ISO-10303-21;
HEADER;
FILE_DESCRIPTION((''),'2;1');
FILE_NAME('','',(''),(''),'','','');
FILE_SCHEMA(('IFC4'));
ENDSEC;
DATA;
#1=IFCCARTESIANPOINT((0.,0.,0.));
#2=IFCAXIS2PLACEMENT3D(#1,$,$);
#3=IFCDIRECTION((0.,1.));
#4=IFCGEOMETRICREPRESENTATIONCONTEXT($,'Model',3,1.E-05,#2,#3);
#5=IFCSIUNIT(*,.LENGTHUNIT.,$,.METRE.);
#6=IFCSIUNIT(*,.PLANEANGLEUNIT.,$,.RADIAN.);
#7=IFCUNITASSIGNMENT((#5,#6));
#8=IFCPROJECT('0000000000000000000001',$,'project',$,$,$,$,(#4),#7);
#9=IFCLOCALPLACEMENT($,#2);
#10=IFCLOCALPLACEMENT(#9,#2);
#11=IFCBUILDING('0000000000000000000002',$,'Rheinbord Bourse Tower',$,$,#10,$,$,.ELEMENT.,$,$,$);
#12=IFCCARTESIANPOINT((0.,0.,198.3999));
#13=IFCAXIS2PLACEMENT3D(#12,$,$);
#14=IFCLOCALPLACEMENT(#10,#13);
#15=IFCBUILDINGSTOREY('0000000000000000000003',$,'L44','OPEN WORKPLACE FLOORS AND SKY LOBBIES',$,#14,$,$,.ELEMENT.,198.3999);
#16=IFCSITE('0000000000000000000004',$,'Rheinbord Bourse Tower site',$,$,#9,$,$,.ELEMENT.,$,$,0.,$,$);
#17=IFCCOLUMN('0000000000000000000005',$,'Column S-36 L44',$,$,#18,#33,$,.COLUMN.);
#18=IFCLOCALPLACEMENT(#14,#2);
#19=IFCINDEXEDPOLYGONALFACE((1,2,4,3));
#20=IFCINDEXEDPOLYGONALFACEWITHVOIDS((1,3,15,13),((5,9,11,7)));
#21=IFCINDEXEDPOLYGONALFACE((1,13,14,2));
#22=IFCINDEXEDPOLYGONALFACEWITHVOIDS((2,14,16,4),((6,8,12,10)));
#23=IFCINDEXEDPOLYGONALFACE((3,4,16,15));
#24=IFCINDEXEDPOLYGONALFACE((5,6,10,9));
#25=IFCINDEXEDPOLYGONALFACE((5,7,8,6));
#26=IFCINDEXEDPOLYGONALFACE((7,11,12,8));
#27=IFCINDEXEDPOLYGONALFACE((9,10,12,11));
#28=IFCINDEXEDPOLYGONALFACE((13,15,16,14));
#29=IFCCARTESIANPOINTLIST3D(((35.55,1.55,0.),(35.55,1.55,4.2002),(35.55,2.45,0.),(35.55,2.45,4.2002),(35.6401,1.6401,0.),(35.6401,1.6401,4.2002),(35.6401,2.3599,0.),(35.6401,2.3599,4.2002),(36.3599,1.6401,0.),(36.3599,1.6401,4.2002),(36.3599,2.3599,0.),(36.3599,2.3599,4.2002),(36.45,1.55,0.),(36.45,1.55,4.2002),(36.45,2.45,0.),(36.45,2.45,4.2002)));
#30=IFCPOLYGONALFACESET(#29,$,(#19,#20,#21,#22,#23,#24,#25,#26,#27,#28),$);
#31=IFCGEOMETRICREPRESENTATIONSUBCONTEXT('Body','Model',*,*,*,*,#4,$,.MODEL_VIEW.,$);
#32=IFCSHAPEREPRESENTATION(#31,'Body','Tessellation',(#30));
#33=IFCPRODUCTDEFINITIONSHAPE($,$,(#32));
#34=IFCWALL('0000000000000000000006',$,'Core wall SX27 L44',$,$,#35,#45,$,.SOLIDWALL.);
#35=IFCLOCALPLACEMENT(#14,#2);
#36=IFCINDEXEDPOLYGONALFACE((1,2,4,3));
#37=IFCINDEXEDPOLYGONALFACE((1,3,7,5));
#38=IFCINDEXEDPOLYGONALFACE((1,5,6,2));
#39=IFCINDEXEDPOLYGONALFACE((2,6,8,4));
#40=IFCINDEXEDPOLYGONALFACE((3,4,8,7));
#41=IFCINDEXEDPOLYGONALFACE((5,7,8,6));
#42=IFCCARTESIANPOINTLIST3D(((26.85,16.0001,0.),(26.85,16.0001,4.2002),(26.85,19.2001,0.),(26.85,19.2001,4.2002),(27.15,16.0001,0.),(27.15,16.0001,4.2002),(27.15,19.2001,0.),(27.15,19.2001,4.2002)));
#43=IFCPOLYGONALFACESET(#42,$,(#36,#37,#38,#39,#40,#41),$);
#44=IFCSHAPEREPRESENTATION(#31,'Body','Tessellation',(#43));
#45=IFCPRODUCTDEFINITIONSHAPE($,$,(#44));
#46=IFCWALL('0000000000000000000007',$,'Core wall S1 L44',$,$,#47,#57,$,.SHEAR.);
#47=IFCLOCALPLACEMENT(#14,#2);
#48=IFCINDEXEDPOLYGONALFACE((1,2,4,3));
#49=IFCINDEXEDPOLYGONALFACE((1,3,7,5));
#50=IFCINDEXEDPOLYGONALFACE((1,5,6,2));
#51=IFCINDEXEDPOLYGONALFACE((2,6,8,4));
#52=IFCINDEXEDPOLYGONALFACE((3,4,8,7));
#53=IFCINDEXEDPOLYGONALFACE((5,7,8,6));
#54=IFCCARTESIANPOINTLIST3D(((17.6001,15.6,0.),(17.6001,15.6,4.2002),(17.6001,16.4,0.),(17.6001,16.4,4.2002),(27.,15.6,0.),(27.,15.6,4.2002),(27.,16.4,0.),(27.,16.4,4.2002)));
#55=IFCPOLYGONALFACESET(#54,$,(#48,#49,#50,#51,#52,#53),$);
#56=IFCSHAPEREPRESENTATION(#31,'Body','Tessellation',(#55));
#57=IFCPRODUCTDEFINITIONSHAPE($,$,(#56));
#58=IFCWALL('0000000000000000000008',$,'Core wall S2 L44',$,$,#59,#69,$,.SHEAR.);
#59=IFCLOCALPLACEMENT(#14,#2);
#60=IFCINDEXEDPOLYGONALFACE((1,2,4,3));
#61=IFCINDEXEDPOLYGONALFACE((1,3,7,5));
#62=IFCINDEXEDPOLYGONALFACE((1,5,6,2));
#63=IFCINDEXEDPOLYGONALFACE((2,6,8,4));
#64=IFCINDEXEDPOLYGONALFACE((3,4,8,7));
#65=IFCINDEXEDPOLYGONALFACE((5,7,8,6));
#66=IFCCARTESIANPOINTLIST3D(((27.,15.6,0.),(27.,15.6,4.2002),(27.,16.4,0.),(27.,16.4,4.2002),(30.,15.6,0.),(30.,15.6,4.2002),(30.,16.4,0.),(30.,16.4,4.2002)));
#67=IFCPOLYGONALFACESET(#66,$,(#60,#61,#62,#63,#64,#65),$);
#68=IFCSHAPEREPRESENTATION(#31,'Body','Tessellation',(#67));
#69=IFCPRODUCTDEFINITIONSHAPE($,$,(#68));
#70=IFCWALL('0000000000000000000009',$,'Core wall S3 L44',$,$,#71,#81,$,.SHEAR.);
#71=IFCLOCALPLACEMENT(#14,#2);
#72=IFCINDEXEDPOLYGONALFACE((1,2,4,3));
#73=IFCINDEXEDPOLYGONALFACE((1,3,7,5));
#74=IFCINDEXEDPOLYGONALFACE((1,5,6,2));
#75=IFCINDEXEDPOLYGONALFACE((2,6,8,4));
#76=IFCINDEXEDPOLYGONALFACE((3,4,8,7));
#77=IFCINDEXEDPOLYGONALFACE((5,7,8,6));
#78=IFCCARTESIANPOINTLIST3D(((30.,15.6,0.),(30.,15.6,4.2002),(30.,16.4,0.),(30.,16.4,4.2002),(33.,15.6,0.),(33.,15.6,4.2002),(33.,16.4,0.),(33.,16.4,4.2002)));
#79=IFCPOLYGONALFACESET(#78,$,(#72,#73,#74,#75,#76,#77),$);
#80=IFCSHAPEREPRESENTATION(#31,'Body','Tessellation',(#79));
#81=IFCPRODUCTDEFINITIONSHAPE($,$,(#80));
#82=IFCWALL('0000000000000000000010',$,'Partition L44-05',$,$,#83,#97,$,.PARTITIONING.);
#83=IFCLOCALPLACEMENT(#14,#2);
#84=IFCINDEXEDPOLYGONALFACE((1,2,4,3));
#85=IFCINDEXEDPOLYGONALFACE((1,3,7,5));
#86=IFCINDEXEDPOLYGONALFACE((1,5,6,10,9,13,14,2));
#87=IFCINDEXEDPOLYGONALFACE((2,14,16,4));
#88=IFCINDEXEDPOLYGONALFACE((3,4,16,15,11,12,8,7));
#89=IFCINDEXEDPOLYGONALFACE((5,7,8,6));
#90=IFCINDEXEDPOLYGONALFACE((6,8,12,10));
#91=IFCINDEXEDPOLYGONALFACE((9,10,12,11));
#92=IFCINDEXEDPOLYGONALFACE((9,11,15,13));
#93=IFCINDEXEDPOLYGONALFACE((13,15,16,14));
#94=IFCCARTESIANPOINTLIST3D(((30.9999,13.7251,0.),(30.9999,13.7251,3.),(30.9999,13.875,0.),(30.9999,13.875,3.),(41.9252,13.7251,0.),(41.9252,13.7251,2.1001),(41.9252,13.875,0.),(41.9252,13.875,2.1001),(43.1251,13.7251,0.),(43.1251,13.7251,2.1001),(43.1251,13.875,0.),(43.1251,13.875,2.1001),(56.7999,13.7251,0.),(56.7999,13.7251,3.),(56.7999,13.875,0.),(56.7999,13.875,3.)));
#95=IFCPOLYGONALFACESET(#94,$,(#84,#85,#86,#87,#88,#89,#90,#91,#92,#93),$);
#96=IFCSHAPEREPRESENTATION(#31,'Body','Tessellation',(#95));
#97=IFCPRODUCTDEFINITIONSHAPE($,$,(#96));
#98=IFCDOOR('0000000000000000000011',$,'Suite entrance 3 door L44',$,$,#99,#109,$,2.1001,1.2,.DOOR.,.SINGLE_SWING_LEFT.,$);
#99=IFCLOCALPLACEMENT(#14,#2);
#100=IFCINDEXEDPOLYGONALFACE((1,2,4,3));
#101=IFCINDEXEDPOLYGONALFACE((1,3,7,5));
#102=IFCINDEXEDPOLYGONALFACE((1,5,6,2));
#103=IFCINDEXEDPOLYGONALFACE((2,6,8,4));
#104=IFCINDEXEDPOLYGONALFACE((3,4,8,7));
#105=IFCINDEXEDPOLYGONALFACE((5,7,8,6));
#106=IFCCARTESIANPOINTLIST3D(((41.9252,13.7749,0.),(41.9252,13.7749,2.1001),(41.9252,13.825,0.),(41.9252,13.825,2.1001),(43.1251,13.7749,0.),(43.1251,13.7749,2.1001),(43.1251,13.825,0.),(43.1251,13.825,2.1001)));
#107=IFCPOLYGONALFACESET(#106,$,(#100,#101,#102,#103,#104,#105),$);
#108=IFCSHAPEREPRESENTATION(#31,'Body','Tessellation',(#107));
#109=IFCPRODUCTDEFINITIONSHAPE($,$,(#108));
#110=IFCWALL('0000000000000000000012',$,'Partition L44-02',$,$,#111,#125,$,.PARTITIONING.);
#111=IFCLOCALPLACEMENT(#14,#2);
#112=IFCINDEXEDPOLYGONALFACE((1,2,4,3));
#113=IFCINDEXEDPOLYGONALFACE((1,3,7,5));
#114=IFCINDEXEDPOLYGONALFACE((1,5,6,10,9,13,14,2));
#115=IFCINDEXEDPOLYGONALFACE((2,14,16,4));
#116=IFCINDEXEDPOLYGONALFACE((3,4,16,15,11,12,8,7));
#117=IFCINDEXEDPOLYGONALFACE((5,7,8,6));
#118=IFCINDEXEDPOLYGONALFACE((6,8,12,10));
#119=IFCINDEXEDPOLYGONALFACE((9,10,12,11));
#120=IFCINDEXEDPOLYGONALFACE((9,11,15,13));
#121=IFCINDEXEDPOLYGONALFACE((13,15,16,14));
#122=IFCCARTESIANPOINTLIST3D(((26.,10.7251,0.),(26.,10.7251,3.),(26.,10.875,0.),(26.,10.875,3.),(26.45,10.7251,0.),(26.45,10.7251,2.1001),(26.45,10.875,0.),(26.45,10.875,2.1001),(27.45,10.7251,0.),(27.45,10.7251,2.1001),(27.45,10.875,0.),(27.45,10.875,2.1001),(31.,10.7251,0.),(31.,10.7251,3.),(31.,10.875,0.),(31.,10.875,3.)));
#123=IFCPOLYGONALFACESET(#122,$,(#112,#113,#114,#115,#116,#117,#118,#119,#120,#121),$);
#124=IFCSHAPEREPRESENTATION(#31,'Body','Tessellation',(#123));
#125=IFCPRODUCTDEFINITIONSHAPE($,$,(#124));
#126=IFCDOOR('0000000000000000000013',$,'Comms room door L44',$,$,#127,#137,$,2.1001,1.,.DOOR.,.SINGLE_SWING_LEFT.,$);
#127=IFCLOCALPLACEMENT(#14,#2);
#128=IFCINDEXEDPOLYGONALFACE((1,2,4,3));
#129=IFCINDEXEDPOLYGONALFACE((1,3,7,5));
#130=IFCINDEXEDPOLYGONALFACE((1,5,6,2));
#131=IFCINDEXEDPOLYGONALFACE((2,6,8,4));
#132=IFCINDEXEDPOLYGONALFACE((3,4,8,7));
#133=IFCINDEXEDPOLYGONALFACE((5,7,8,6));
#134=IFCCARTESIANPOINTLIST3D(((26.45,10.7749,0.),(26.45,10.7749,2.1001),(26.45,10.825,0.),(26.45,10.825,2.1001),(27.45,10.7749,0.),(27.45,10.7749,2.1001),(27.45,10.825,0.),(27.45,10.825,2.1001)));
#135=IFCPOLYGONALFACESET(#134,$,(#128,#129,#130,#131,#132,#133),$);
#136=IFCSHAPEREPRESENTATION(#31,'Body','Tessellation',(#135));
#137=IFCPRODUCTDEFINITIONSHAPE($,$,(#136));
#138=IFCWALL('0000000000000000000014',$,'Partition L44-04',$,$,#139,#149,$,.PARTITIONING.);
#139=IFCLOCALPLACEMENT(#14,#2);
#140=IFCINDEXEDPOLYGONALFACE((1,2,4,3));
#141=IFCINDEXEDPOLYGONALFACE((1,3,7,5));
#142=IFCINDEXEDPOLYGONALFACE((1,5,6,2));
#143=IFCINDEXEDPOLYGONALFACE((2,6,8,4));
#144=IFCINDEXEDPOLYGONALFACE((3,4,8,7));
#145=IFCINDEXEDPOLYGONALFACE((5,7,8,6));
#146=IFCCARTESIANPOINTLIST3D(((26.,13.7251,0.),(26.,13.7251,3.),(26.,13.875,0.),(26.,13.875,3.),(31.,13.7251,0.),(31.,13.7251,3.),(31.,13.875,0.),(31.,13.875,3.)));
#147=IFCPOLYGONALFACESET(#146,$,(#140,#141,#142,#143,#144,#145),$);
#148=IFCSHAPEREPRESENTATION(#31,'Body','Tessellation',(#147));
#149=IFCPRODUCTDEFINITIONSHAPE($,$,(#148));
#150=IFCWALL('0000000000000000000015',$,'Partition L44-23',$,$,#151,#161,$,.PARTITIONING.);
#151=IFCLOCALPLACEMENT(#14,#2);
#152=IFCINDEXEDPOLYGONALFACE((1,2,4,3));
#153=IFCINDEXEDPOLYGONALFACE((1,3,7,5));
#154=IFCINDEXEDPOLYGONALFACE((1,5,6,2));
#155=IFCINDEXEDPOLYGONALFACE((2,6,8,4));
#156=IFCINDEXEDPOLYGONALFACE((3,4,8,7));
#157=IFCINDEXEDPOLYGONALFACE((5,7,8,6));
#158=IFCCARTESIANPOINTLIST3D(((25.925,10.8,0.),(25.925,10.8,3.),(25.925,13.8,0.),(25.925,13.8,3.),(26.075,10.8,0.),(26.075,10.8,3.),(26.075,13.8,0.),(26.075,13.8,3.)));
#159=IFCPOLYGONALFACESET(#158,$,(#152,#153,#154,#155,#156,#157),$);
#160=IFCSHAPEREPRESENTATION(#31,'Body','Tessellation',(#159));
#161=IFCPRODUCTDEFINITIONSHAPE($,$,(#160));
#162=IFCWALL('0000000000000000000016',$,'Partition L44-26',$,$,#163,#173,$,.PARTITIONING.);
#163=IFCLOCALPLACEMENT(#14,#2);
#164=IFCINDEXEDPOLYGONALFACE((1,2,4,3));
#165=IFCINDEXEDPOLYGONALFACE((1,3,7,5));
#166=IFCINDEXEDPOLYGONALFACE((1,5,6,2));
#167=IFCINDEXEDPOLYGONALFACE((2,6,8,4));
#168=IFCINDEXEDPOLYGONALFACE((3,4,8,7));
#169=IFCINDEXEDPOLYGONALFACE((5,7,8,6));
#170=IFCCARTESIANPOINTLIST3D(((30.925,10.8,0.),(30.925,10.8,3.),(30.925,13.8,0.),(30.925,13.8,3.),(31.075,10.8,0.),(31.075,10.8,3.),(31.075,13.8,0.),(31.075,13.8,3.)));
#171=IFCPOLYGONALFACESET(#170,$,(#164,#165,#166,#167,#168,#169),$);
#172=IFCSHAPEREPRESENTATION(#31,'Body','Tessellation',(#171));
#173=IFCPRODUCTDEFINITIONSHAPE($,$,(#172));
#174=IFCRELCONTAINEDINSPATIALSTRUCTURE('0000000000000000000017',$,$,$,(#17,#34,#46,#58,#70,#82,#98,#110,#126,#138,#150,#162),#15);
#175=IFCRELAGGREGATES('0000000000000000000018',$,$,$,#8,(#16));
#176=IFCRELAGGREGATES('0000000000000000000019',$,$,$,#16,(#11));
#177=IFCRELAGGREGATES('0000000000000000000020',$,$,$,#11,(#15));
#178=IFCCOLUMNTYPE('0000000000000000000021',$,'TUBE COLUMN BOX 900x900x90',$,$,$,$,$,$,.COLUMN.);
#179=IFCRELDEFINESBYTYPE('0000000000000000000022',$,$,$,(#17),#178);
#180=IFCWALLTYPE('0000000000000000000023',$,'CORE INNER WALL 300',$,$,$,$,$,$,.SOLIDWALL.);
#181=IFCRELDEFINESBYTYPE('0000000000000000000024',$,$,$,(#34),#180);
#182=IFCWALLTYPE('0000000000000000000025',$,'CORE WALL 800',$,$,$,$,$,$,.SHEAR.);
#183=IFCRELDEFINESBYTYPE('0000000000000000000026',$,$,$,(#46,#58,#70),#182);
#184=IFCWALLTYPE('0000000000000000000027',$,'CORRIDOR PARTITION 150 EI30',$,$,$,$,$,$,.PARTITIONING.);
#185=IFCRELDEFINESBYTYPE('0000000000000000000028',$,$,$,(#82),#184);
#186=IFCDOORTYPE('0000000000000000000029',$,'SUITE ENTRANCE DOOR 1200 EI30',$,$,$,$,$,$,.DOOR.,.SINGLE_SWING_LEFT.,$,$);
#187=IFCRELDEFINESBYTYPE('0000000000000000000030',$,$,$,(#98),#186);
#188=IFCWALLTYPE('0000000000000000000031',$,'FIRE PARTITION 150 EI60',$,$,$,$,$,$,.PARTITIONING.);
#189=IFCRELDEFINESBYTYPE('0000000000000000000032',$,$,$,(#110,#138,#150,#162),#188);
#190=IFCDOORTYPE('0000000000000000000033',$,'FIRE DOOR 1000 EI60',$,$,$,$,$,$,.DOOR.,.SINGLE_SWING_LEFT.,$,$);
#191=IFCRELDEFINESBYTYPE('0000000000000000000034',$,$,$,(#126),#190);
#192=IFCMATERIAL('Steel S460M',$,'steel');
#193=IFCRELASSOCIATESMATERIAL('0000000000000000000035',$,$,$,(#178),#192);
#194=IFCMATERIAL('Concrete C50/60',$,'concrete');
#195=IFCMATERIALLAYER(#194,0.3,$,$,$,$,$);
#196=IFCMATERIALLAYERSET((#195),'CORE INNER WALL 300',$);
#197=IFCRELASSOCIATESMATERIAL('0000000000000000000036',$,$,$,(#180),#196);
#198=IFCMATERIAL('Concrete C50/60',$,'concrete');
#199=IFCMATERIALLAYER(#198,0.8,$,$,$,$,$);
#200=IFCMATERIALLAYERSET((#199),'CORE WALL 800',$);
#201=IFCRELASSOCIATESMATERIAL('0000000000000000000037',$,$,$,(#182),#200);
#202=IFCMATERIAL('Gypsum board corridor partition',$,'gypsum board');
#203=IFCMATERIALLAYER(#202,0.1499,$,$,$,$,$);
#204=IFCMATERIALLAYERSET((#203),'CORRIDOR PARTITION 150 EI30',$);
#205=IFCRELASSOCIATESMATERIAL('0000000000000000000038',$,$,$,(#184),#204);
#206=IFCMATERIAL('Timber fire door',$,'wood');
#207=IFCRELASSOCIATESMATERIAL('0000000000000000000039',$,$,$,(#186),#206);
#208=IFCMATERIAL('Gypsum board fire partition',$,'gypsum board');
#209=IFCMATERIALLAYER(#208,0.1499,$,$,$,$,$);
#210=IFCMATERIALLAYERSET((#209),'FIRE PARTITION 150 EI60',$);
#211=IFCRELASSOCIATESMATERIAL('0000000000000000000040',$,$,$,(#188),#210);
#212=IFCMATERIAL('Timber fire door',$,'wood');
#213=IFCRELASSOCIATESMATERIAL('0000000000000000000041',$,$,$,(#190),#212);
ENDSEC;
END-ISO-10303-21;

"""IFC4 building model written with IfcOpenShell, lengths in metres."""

from ifc_helpers import new_model, si_unit, direction, frame, frame_2d, origin, origin_2d, place, context, subcontext, project, spatial, rectangle, hollow_rectangle, extrude, material, layer, layer_set, material_profile, profile_set, type_object, element, fill, save


model = new_model("IFC4")

# Units and contexts
model_context = context("Model", 3, precision=1e-05, world=origin(), true_north=direction((0.0, 1.0)))
body_context = subcontext(model_context, "Body", "Model", "MODEL_VIEW")
ifc_project = project(units=[si_unit("LENGTHUNIT", "METRE"), si_unit("PLANEANGLEUNIT", "RADIAN")], contexts=[model_context])

# Site, building, storey
site_placement = place(None, origin())
site = spatial("IfcSite", under=ifc_project, at=site_placement, Name="Rheinbord Bourse Tower site", CompositionType="ELEMENT", RefElevation=0.0)
building_placement = place(site_placement, origin())
building = spatial("IfcBuilding", under=site, at=building_placement, Name="Rheinbord Bourse Tower", CompositionType="ELEMENT")
storey_placement = place(building_placement, frame((0.0, 0.0, 198.3999)))
storey = spatial("IfcBuildingStorey", under=building, at=storey_placement, Name="L44", Description="OPEN WORKPLACE FLOORS AND SKY LOBBIES", CompositionType="ELEMENT", Elevation=198.3999)

# Column
ifc_material_1 = material(Name="Steel S460M", Category="steel")
ifc_material_profile = material_profile(ifc_material_1, hollow_rectangle(XDim=0.8999, YDim=0.8999, WallThickness=0.0901, at=origin_2d()), Name="BOX 900x900x90")
ifc_profile_set = profile_set([ifc_material_profile], Name="Steel S460M")
column_type = type_object("IfcColumnType", Name="TUBE COLUMN BOX 900x900x90", PredefinedType="COLUMN", material=ifc_profile_set)
column_placement = place(storey_placement, frame((36.0, 2.0, 0.0), z_axis=(0.0, 0.0, 1.0), x_axis=(0.0, 1.0, 0.0)))
element("IfcColumn", 1, at=column_placement, inside=storey, type_object=column_type, Name="Column S-36 L44", PredefinedType="COLUMN", context=body_context, shape_type="SweptSolid", body=[
    extrude(hollow_rectangle(XDim=0.8999, YDim=0.8999, WallThickness=0.0901, at=origin_2d()), origin(), (0.0, 0.0, 1.0), 4.2002),
])

# Walls
ifc_material_2 = material(Name="Concrete C50/60", Category="concrete")
ifc_layer_1 = layer(ifc_material_2, 0.3)
ifc_layer_set_1 = layer_set([ifc_layer_1], Name="CORE INNER WALL 300")
wall_type_1 = type_object("IfcWallType", Name="CORE INNER WALL 300", PredefinedType="SOLIDWALL", material=ifc_layer_set_1)
wall_1_placement = place(storey_placement, frame((27.0, 16.0, 0.0), z_axis=(0.0, 0.0, 1.0), x_axis=(0.0, 1.0, 0.0)))
element("IfcWall", 2, at=wall_1_placement, inside=storey, type_object=wall_type_1, Name="Core wall SX27 L44", PredefinedType="SOLIDWALL", context=body_context, shape_type="SweptSolid", body=[
    extrude(rectangle(XDim=3.2, YDim=0.3, at=frame_2d((1.6001, 0.0))), origin(), (0.0, 0.0, 1.0), 4.2002),
])
ifc_material_3 = material(Name="Concrete C50/60", Category="concrete")
ifc_layer_2 = layer(ifc_material_3, 0.8)
ifc_layer_set_2 = layer_set([ifc_layer_2], Name="CORE WALL 800")
wall_type_2 = type_object("IfcWallType", Name="CORE WALL 800", PredefinedType="SHEAR", material=ifc_layer_set_2)
wall_2_placement = place(storey_placement, frame((17.6001, 16.0, 0.0), z_axis=(0.0, 0.0, 1.0), x_axis=(1.0, 0.0, 0.0)))
element("IfcWall", 3, at=wall_2_placement, inside=storey, type_object=wall_type_2, Name="Core wall S1 L44", PredefinedType="SHEAR", context=body_context, shape_type="SweptSolid", body=[
    extrude(rectangle(XDim=9.3999, YDim=0.8, at=frame_2d((4.7, 0.0))), origin(), (0.0, 0.0, 1.0), 4.2002),
])
for number, where, z_axis, x_axis, name in (
    (4, (27.0, 16.0, 0.0), (0.0, 0.0, 1.0), (1.0, 0.0, 0.0), "Core wall S2 L44"),
    (5, (30.0, 16.0, 0.0), (0.0, 0.0, 1.0), (1.0, 0.0, 0.0), "Core wall S3 L44"),
):
    element("IfcWall", number, at=place(storey_placement, frame(where, z_axis=z_axis, x_axis=x_axis)), inside=storey, type_object=wall_type_2, Name=name, PredefinedType="SHEAR", context=body_context, shape_type="SweptSolid", body=[
        extrude(rectangle(XDim=3.0, YDim=0.8, at=frame_2d((1.5, 0.0))), origin(), (0.0, 0.0, 1.0), 4.2002),
    ])

# Walls, openings, doors
ifc_material_4 = material(Name="Gypsum board corridor partition", Category="gypsum board")
ifc_layer_3 = layer(ifc_material_4, 0.1499)
ifc_layer_set_3 = layer_set([ifc_layer_3], Name="CORRIDOR PARTITION 150 EI30")
wall_type_3 = type_object("IfcWallType", Name="CORRIDOR PARTITION 150 EI30", PredefinedType="PARTITIONING", material=ifc_layer_set_3)
wall_3_placement = place(storey_placement, frame((31.0, 13.8, 0.0), z_axis=(0.0, 0.0, 1.0), x_axis=(1.0, 0.0, 0.0)))
wall_3 = element("IfcWall", 6, at=wall_3_placement, inside=storey, type_object=wall_type_3, Name="Partition L44-05", PredefinedType="PARTITIONING", context=body_context, shape_type="SweptSolid", body=[
    extrude(rectangle(XDim=25.8, YDim=0.1499, at=frame_2d((12.8999, 0.0))), origin(), (0.0, 0.0, 1.0), 3.0),
])
opening_1_placement = place(wall_3_placement, frame((10.925, 0.0, 0.0)))
opening_1 = element("IfcOpeningElement", 7, at=opening_1_placement, cuts=wall_3, PredefinedType="OPENING", context=body_context, shape_type="SweptSolid", body=[
    extrude(rectangle(XDim=1.2, YDim=2.1001, at=frame_2d((0.6001, 1.05))), frame((0.0, 0.085, 0.0), z_axis=(0.0, -1.0, 0.0), x_axis=(1.0, 0.0, 0.0)), (0.0, 0.0, 1.0), 0.1699),
])
ifc_material_5 = material(Name="Timber fire door", Category="wood")
door_type_1 = type_object("IfcDoorType", Name="SUITE ENTRANCE DOOR 1200 EI30", OperationType="SINGLE_SWING_LEFT", PredefinedType="DOOR", material=ifc_material_5)
door_1_placement = place(opening_1_placement, origin())
door_1 = element("IfcDoor", 8, at=door_1_placement, inside=storey, type_object=door_type_1, Name="Suite entrance 3 door L44", OperationType="SINGLE_SWING_LEFT", OverallHeight=2.1001, OverallWidth=1.2, PredefinedType="DOOR", context=body_context, shape_type="SweptSolid", body=[
    extrude(rectangle(XDim=1.2, YDim=2.1001, at=frame_2d((0.6001, 1.05))), frame((0.0, 0.0249, 0.0), z_axis=(0.0, -1.0, 0.0), x_axis=(1.0, 0.0, 0.0)), (0.0, 0.0, 1.0), 0.05),
])
fill(opening_1, door_1)
ifc_material_6 = material(Name="Gypsum board fire partition", Category="gypsum board")
ifc_layer_4 = layer(ifc_material_6, 0.1499)
ifc_layer_set_4 = layer_set([ifc_layer_4], Name="FIRE PARTITION 150 EI60")
wall_type_4 = type_object("IfcWallType", Name="FIRE PARTITION 150 EI60", PredefinedType="PARTITIONING", material=ifc_layer_set_4)
wall_4_placement = place(storey_placement, frame((26.0, 10.8, 0.0), z_axis=(0.0, 0.0, 1.0), x_axis=(1.0, 0.0, 0.0)))
wall_4 = element("IfcWall", 9, at=wall_4_placement, inside=storey, type_object=wall_type_4, Name="Partition L44-02", PredefinedType="PARTITIONING", context=body_context, shape_type="SweptSolid", body=[
    extrude(rectangle(XDim=5.0, YDim=0.1499, at=frame_2d((2.5, 0.0))), origin(), (0.0, 0.0, 1.0), 3.0),
])
opening_2_placement = place(wall_4_placement, frame((0.45, 0.0, 0.0)))
opening_2 = element("IfcOpeningElement", 10, at=opening_2_placement, cuts=wall_4, PredefinedType="OPENING", context=body_context, shape_type="SweptSolid", body=[
    extrude(rectangle(XDim=1.0, YDim=2.1001, at=frame_2d((0.5, 1.05))), frame((0.0, 0.085, 0.0), z_axis=(0.0, -1.0, 0.0), x_axis=(1.0, 0.0, 0.0)), (0.0, 0.0, 1.0), 0.1699),
])
ifc_material_7 = material(Name="Timber fire door", Category="wood")
door_type_2 = type_object("IfcDoorType", Name="FIRE DOOR 1000 EI60", OperationType="SINGLE_SWING_LEFT", PredefinedType="DOOR", material=ifc_material_7)
door_2_placement = place(opening_2_placement, origin())
door_2 = element("IfcDoor", 11, at=door_2_placement, inside=storey, type_object=door_type_2, Name="Comms room door L44", OperationType="SINGLE_SWING_LEFT", OverallHeight=2.1001, OverallWidth=1.0, PredefinedType="DOOR", context=body_context, shape_type="SweptSolid", body=[
    extrude(rectangle(XDim=1.0, YDim=2.1001, at=frame_2d((0.5, 1.05))), frame((0.0, 0.0249, 0.0), z_axis=(0.0, -1.0, 0.0), x_axis=(1.0, 0.0, 0.0)), (0.0, 0.0, 1.0), 0.05),
])
fill(opening_2, door_2)

# Walls
wall_5_placement = place(storey_placement, frame((26.0, 13.8, 0.0), z_axis=(0.0, 0.0, 1.0), x_axis=(1.0, 0.0, 0.0)))
element("IfcWall", 12, at=wall_5_placement, inside=storey, type_object=wall_type_4, Name="Partition L44-04", PredefinedType="PARTITIONING", context=body_context, shape_type="SweptSolid", body=[
    extrude(rectangle(XDim=5.0, YDim=0.1499, at=frame_2d((2.5, 0.0))), origin(), (0.0, 0.0, 1.0), 3.0),
])
for number, where, z_axis, x_axis, name in (
    (13, (26.0, 10.8, 0.0), (0.0, 0.0, 1.0), (0.0, 1.0, 0.0), "Partition L44-23"),
    (14, (31.0, 10.8, 0.0), (0.0, 0.0, 1.0), (0.0, 1.0, 0.0), "Partition L44-26"),
):
    element("IfcWall", number, at=place(storey_placement, frame(where, z_axis=z_axis, x_axis=x_axis)), inside=storey, type_object=wall_type_4, Name=name, PredefinedType="PARTITIONING", context=body_context, shape_type="SweptSolid", body=[
        extrude(rectangle(XDim=3.0, YDim=0.1499, at=frame_2d((1.5, 0.0))), origin(), (0.0, 0.0, 1.0), 3.0),
    ])

save(model, "model.ifc")
